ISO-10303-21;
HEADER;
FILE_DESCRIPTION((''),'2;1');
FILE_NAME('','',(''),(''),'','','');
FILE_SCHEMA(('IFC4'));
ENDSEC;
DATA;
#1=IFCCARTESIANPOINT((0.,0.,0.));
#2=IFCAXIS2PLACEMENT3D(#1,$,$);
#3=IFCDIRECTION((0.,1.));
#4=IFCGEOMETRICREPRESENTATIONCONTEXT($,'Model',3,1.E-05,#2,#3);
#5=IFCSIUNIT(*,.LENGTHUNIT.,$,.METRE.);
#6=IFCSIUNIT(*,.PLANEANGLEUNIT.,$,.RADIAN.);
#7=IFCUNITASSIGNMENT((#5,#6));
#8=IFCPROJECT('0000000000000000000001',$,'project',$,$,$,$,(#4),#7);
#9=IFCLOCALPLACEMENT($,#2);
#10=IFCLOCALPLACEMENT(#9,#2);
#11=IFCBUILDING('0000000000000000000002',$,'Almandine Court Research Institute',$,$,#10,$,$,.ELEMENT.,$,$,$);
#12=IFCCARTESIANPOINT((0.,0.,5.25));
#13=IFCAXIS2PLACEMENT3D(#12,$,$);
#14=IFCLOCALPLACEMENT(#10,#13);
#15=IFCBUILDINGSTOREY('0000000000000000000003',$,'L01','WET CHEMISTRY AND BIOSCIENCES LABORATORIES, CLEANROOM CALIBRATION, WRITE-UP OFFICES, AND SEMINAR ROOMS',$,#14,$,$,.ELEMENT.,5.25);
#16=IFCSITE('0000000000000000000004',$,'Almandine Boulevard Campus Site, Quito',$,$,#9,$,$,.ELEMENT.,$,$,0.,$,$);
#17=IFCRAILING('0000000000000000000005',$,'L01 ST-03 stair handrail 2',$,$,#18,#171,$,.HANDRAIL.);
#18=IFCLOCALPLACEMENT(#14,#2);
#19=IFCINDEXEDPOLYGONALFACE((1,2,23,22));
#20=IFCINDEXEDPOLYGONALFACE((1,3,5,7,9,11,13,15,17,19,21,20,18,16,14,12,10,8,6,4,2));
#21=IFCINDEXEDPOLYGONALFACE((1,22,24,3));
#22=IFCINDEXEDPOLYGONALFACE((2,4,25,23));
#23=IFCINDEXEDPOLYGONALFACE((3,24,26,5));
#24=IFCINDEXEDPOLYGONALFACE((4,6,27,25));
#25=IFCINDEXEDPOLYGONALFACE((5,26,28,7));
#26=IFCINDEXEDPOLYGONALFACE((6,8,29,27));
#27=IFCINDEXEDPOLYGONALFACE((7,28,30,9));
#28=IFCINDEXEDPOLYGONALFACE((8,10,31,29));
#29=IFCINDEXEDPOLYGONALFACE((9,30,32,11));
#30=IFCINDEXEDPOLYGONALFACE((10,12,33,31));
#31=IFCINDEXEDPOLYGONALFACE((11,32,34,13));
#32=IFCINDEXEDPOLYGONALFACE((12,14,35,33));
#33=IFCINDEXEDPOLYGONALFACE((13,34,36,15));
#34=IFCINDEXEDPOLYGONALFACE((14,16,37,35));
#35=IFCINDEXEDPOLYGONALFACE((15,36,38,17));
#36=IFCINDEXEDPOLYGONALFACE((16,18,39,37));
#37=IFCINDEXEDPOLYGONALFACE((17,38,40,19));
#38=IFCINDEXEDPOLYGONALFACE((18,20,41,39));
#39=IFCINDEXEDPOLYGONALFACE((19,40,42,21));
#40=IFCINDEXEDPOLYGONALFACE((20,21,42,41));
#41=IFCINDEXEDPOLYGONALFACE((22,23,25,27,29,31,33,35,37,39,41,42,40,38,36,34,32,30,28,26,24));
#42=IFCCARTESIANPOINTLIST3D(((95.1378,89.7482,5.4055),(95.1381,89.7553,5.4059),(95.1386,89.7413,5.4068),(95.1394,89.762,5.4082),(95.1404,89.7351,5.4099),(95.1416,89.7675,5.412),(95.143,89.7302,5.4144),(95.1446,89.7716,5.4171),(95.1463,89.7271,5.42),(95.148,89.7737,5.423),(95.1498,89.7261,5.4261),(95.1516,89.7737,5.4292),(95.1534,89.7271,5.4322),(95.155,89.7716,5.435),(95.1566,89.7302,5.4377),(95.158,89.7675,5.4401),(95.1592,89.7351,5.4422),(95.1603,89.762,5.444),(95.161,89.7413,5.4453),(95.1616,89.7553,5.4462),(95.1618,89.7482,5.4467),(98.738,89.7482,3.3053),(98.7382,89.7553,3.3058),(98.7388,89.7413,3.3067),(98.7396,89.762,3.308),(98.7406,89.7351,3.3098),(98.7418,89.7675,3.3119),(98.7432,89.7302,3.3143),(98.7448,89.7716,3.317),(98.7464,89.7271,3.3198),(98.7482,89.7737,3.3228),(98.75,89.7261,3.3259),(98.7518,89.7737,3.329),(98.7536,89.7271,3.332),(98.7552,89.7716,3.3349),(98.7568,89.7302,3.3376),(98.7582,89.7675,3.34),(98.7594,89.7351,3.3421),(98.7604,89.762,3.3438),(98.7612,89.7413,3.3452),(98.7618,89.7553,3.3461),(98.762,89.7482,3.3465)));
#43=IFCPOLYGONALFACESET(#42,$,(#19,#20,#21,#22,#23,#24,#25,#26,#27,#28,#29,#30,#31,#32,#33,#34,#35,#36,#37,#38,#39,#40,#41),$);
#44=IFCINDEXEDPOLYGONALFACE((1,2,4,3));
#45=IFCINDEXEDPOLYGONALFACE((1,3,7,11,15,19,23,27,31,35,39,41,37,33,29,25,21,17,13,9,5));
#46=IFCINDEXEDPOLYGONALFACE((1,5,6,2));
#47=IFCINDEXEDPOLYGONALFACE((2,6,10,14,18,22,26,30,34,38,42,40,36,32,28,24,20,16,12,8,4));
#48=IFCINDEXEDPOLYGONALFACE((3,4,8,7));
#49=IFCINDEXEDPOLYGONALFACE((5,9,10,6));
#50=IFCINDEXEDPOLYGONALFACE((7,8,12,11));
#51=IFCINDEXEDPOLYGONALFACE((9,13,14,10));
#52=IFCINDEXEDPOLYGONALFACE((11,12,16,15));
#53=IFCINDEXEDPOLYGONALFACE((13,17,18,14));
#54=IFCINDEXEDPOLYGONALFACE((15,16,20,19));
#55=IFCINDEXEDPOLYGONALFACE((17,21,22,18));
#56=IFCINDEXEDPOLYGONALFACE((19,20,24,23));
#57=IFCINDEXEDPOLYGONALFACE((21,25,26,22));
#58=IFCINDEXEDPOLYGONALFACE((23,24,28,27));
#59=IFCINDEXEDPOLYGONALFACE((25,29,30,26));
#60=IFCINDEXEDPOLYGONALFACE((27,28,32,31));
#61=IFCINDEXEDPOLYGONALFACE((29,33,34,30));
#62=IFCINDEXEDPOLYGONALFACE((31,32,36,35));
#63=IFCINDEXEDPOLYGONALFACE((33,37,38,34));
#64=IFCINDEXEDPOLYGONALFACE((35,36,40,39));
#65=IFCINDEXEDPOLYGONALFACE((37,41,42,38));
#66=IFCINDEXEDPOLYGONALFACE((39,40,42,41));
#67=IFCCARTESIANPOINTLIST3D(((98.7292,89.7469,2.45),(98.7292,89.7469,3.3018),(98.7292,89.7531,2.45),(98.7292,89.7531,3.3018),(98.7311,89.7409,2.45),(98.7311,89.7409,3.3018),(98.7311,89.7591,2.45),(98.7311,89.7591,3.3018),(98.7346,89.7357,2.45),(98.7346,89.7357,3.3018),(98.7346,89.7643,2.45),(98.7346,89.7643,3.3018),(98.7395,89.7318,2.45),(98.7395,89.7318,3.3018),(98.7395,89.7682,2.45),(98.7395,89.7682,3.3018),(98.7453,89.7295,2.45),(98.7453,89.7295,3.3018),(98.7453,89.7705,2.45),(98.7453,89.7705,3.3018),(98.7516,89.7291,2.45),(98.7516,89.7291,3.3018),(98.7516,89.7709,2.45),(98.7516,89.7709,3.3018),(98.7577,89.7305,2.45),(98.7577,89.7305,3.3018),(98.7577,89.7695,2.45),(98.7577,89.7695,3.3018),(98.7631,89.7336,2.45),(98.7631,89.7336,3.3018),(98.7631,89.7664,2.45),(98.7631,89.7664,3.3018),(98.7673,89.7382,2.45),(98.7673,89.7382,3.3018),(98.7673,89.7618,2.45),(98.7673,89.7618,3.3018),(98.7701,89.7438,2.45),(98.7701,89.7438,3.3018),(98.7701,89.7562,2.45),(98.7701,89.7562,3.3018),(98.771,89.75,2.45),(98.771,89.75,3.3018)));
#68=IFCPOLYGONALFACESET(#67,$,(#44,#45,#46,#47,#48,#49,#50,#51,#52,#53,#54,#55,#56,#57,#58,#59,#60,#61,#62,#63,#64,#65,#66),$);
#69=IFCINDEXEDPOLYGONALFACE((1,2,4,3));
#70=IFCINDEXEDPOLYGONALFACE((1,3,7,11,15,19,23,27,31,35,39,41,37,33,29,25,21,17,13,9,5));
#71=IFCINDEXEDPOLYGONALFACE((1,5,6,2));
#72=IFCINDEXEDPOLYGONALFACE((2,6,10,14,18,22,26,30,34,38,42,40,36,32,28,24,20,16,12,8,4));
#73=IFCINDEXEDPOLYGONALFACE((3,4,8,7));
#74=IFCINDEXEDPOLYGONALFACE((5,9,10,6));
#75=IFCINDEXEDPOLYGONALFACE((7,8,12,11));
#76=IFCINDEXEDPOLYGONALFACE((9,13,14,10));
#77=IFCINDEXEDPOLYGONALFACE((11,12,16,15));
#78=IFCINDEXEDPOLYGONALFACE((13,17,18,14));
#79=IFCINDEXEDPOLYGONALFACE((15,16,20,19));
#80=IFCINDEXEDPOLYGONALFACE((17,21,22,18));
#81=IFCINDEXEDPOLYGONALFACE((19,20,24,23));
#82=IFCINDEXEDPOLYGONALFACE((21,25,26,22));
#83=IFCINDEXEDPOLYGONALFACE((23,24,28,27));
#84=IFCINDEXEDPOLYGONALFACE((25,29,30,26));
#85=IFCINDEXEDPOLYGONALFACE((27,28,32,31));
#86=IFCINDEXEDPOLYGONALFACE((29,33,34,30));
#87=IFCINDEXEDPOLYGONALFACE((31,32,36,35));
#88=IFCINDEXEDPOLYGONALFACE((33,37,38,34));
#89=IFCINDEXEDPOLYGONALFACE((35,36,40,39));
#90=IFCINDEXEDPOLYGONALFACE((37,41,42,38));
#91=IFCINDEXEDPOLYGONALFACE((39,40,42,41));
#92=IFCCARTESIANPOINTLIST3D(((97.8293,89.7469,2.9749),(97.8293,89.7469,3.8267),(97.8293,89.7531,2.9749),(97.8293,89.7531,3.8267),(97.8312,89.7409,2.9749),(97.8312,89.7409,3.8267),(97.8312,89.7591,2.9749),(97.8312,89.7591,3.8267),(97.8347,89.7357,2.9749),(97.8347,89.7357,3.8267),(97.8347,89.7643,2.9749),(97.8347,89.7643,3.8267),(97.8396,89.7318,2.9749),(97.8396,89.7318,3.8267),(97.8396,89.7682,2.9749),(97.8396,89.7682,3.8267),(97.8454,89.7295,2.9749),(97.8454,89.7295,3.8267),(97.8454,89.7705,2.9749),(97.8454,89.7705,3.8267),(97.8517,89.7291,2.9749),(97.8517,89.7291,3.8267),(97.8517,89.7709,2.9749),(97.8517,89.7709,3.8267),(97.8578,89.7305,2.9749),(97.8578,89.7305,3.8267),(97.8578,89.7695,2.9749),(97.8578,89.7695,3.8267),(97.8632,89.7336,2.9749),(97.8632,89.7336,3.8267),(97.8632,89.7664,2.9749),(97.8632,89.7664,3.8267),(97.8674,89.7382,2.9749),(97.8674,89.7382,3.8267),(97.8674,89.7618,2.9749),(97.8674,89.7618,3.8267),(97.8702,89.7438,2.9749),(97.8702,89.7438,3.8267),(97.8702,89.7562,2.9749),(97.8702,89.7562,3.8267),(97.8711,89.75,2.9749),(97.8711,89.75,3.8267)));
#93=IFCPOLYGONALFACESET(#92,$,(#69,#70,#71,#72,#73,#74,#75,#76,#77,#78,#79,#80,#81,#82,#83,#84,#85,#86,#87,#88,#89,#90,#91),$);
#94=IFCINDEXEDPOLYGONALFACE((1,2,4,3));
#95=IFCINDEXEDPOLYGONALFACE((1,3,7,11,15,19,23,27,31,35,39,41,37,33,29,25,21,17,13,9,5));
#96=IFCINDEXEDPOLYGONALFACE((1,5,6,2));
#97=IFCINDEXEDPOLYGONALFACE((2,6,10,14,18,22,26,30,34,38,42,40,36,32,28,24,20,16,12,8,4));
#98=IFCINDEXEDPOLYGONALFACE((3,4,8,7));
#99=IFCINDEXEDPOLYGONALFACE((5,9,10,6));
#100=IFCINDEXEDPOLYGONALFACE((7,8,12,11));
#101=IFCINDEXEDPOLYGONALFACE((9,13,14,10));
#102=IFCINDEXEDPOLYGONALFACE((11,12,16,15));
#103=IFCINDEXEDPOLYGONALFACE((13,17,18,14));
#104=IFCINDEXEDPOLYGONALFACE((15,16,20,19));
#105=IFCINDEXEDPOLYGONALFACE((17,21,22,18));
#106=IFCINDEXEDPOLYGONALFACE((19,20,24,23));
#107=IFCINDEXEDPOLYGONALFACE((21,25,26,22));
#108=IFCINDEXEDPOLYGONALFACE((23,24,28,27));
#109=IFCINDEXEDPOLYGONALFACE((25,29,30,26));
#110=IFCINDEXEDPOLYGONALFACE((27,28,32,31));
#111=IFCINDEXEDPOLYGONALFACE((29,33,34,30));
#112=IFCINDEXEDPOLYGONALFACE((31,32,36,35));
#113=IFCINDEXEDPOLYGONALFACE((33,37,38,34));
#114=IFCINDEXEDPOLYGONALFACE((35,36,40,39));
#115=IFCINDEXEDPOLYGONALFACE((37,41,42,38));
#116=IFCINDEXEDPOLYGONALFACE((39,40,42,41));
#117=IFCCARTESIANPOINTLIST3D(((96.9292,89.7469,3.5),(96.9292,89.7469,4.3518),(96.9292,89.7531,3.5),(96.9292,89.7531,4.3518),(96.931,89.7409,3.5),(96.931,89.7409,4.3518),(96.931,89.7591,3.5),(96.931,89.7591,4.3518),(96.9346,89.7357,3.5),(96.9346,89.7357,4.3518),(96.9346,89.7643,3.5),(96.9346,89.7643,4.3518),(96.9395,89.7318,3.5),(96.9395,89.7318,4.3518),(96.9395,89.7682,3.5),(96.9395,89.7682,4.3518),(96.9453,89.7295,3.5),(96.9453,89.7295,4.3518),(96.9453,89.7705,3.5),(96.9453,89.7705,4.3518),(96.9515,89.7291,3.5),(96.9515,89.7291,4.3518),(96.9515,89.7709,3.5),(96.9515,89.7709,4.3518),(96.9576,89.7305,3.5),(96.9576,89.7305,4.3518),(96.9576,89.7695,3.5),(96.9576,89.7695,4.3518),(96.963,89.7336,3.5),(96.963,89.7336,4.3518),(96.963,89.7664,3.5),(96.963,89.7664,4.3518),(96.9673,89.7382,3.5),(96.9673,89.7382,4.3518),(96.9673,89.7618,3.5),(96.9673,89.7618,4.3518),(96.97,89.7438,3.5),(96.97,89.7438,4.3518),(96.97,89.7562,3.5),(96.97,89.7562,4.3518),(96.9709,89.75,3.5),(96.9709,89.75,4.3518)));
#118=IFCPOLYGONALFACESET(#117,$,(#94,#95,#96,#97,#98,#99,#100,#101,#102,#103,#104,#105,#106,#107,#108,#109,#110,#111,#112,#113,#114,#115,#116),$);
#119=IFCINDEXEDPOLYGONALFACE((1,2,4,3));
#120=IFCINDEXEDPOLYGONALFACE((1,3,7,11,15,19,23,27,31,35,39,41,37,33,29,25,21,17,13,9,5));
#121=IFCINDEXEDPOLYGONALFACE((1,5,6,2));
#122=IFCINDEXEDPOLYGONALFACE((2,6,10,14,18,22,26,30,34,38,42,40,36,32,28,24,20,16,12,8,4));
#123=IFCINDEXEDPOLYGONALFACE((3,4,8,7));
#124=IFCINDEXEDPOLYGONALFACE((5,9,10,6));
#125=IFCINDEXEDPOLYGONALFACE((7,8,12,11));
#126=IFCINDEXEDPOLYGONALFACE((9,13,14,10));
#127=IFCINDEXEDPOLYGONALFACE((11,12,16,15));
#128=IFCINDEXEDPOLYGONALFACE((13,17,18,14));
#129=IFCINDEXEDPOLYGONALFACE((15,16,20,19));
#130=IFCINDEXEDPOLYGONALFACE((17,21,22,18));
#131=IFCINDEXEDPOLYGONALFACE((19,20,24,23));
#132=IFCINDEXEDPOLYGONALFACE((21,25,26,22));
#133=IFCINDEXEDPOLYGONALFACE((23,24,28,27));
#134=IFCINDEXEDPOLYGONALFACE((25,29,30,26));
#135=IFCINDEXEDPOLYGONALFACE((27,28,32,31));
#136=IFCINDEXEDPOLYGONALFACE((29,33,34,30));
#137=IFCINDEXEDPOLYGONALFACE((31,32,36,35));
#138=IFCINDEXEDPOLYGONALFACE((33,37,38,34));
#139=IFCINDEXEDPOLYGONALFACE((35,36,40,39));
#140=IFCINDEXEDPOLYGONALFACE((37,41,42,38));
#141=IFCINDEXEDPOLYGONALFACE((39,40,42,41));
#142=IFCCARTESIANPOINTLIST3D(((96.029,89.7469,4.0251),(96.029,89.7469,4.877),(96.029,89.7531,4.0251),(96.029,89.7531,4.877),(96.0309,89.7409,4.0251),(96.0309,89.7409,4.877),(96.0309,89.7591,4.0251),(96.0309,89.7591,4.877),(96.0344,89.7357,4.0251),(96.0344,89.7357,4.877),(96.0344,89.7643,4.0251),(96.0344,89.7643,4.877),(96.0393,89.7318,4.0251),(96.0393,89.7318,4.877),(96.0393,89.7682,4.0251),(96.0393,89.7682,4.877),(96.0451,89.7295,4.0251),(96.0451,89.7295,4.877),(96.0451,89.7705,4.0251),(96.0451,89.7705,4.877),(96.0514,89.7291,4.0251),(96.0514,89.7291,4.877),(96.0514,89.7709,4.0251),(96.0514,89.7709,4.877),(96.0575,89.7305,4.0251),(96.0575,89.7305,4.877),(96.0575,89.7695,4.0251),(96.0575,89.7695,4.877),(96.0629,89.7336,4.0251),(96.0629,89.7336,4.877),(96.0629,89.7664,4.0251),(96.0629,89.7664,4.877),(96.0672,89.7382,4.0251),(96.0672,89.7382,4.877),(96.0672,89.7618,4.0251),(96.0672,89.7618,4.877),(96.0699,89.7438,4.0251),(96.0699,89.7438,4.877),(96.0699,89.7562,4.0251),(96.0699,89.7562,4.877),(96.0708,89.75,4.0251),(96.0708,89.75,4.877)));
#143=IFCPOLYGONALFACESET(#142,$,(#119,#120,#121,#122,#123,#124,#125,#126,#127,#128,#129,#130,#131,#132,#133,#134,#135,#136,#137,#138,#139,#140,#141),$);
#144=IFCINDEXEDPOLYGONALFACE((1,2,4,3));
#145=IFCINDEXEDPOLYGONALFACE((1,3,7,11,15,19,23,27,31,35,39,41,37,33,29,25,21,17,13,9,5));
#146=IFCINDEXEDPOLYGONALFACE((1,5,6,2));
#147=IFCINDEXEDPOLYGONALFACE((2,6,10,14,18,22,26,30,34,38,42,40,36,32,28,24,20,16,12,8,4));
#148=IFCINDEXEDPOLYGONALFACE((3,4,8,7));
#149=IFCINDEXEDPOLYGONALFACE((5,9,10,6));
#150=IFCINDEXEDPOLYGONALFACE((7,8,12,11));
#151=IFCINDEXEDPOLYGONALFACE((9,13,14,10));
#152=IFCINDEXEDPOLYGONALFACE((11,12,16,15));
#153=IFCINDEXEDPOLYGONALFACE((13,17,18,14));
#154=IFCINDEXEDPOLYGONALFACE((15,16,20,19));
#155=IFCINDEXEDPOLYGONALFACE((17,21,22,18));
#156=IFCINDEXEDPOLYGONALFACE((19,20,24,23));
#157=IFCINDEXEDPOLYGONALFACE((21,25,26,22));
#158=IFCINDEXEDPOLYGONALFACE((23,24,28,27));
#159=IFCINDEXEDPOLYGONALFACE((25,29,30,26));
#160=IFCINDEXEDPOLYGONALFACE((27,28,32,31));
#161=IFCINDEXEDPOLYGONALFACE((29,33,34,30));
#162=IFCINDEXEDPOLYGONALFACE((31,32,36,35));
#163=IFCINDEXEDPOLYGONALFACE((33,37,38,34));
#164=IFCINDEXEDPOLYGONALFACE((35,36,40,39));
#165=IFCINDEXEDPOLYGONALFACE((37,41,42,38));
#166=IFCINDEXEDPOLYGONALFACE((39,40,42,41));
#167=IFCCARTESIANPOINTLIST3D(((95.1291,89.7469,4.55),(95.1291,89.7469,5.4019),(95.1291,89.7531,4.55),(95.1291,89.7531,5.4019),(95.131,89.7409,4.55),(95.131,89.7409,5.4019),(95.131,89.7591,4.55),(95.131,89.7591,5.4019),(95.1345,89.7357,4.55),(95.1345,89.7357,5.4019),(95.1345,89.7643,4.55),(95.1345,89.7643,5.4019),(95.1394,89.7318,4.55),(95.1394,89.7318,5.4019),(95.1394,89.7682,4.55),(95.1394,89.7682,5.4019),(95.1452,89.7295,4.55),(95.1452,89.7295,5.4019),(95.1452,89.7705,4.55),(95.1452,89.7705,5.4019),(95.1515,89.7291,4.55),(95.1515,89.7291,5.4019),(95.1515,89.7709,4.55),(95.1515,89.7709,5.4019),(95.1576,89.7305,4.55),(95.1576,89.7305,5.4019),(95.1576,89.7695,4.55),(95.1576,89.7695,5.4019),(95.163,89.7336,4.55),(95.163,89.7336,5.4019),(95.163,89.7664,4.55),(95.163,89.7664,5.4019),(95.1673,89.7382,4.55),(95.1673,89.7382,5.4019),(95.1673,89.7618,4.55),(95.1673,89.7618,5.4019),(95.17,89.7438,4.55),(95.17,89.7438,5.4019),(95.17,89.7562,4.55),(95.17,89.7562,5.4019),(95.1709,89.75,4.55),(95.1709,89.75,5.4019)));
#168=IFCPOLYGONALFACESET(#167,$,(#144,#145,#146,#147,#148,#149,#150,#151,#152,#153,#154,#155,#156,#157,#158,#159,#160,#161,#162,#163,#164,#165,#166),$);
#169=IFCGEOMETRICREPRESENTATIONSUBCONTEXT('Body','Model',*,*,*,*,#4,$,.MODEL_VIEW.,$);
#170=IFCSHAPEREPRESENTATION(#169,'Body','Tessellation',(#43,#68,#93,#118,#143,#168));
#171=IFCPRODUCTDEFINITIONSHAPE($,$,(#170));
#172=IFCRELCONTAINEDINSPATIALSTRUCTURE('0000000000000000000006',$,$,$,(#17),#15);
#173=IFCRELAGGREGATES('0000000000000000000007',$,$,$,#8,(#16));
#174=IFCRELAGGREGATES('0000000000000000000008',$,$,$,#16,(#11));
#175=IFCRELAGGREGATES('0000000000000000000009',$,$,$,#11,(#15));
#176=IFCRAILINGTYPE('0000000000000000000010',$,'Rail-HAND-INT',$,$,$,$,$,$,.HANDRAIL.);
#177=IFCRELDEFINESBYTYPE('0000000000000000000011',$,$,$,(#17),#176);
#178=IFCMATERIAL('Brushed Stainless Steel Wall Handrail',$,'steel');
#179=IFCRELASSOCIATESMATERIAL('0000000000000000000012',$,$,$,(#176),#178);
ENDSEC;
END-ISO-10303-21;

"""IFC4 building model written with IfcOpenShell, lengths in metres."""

from ifc_helpers import new_model, si_unit, direction, frame, origin, origin_2d, place, context, subcontext, project, spatial, circle, extrude, material, type_object, element, save


model = new_model("IFC4")

# Units and contexts
model_context = context("Model", 3, precision=1e-05, world=origin(), true_north=direction((0.0, 1.0)))
body_context = subcontext(model_context, "Body", "Model", "MODEL_VIEW")
ifc_project = project(units=[si_unit("LENGTHUNIT", "METRE"), si_unit("PLANEANGLEUNIT", "RADIAN")], contexts=[model_context])

# Site, building, storey
site_placement = place(None, origin())
site = spatial("IfcSite", under=ifc_project, at=site_placement, Name="Almandine Boulevard Campus Site, Quito", CompositionType="ELEMENT", RefElevation=0.0)
building_placement = place(site_placement, origin())
building = spatial("IfcBuilding", under=site, at=building_placement, Name="Almandine Court Research Institute", CompositionType="ELEMENT")
storey_placement = place(building_placement, frame((0.0, 0.0, 5.25)))
storey = spatial("IfcBuildingStorey", under=building, at=storey_placement, Name="L01", Description="WET CHEMISTRY AND BIOSCIENCES LABORATORIES, CLEANROOM CALIBRATION, WRITE-UP OFFICES, AND SEMINAR ROOMS", CompositionType="ELEMENT", Elevation=5.25)

# Railing
ifc_material_1 = material(Name="Brushed Stainless Steel Wall Handrail", Category="steel")
railing_type_1 = type_object("IfcRailingType", Name="Rail-HAND-INT", PredefinedType="HANDRAIL", material=ifc_material_1)
railing_1_placement = place(storey_placement, frame((98.75, 89.75, 2.45)))
element("IfcRailing", 1, at=railing_1_placement, inside=storey, type_object=railing_type_1, Name="L01 ST-03 stair handrail 2", PredefinedType="HANDRAIL", context=body_context, shape_type="SweptSolid", body=[
    extrude(circle(Radius=0.0239, at=origin_2d()), frame((0.0, 0.0, 0.876), z_axis=(-0.863775, 0.0, 0.503878), x_axis=(0.0, -1.0, 0.0)), (0.0, 0.0, 1.0), 4.168),
    extrude(circle(Radius=0.021, at=origin_2d()), origin(), (0.0, 0.0, 1.0), 0.8518),
    extrude(circle(Radius=0.021, at=origin_2d()), frame((-0.8999, 0.0, 0.5249)), (0.0, 0.0, 1.0), 0.8518),
    extrude(circle(Radius=0.021, at=origin_2d()), frame((-1.8, 0.0, 1.05)), (0.0, 0.0, 1.0), 0.8518),
    extrude(circle(Radius=0.021, at=origin_2d()), frame((-2.7002, 0.0, 1.5752)), (0.0, 0.0, 1.0), 0.8518),
    extrude(circle(Radius=0.021, at=origin_2d()), frame((-3.6001, 0.0, 2.1001)), (0.0, 0.0, 1.0), 0.8518),
])

save(model, "model.ifc")
